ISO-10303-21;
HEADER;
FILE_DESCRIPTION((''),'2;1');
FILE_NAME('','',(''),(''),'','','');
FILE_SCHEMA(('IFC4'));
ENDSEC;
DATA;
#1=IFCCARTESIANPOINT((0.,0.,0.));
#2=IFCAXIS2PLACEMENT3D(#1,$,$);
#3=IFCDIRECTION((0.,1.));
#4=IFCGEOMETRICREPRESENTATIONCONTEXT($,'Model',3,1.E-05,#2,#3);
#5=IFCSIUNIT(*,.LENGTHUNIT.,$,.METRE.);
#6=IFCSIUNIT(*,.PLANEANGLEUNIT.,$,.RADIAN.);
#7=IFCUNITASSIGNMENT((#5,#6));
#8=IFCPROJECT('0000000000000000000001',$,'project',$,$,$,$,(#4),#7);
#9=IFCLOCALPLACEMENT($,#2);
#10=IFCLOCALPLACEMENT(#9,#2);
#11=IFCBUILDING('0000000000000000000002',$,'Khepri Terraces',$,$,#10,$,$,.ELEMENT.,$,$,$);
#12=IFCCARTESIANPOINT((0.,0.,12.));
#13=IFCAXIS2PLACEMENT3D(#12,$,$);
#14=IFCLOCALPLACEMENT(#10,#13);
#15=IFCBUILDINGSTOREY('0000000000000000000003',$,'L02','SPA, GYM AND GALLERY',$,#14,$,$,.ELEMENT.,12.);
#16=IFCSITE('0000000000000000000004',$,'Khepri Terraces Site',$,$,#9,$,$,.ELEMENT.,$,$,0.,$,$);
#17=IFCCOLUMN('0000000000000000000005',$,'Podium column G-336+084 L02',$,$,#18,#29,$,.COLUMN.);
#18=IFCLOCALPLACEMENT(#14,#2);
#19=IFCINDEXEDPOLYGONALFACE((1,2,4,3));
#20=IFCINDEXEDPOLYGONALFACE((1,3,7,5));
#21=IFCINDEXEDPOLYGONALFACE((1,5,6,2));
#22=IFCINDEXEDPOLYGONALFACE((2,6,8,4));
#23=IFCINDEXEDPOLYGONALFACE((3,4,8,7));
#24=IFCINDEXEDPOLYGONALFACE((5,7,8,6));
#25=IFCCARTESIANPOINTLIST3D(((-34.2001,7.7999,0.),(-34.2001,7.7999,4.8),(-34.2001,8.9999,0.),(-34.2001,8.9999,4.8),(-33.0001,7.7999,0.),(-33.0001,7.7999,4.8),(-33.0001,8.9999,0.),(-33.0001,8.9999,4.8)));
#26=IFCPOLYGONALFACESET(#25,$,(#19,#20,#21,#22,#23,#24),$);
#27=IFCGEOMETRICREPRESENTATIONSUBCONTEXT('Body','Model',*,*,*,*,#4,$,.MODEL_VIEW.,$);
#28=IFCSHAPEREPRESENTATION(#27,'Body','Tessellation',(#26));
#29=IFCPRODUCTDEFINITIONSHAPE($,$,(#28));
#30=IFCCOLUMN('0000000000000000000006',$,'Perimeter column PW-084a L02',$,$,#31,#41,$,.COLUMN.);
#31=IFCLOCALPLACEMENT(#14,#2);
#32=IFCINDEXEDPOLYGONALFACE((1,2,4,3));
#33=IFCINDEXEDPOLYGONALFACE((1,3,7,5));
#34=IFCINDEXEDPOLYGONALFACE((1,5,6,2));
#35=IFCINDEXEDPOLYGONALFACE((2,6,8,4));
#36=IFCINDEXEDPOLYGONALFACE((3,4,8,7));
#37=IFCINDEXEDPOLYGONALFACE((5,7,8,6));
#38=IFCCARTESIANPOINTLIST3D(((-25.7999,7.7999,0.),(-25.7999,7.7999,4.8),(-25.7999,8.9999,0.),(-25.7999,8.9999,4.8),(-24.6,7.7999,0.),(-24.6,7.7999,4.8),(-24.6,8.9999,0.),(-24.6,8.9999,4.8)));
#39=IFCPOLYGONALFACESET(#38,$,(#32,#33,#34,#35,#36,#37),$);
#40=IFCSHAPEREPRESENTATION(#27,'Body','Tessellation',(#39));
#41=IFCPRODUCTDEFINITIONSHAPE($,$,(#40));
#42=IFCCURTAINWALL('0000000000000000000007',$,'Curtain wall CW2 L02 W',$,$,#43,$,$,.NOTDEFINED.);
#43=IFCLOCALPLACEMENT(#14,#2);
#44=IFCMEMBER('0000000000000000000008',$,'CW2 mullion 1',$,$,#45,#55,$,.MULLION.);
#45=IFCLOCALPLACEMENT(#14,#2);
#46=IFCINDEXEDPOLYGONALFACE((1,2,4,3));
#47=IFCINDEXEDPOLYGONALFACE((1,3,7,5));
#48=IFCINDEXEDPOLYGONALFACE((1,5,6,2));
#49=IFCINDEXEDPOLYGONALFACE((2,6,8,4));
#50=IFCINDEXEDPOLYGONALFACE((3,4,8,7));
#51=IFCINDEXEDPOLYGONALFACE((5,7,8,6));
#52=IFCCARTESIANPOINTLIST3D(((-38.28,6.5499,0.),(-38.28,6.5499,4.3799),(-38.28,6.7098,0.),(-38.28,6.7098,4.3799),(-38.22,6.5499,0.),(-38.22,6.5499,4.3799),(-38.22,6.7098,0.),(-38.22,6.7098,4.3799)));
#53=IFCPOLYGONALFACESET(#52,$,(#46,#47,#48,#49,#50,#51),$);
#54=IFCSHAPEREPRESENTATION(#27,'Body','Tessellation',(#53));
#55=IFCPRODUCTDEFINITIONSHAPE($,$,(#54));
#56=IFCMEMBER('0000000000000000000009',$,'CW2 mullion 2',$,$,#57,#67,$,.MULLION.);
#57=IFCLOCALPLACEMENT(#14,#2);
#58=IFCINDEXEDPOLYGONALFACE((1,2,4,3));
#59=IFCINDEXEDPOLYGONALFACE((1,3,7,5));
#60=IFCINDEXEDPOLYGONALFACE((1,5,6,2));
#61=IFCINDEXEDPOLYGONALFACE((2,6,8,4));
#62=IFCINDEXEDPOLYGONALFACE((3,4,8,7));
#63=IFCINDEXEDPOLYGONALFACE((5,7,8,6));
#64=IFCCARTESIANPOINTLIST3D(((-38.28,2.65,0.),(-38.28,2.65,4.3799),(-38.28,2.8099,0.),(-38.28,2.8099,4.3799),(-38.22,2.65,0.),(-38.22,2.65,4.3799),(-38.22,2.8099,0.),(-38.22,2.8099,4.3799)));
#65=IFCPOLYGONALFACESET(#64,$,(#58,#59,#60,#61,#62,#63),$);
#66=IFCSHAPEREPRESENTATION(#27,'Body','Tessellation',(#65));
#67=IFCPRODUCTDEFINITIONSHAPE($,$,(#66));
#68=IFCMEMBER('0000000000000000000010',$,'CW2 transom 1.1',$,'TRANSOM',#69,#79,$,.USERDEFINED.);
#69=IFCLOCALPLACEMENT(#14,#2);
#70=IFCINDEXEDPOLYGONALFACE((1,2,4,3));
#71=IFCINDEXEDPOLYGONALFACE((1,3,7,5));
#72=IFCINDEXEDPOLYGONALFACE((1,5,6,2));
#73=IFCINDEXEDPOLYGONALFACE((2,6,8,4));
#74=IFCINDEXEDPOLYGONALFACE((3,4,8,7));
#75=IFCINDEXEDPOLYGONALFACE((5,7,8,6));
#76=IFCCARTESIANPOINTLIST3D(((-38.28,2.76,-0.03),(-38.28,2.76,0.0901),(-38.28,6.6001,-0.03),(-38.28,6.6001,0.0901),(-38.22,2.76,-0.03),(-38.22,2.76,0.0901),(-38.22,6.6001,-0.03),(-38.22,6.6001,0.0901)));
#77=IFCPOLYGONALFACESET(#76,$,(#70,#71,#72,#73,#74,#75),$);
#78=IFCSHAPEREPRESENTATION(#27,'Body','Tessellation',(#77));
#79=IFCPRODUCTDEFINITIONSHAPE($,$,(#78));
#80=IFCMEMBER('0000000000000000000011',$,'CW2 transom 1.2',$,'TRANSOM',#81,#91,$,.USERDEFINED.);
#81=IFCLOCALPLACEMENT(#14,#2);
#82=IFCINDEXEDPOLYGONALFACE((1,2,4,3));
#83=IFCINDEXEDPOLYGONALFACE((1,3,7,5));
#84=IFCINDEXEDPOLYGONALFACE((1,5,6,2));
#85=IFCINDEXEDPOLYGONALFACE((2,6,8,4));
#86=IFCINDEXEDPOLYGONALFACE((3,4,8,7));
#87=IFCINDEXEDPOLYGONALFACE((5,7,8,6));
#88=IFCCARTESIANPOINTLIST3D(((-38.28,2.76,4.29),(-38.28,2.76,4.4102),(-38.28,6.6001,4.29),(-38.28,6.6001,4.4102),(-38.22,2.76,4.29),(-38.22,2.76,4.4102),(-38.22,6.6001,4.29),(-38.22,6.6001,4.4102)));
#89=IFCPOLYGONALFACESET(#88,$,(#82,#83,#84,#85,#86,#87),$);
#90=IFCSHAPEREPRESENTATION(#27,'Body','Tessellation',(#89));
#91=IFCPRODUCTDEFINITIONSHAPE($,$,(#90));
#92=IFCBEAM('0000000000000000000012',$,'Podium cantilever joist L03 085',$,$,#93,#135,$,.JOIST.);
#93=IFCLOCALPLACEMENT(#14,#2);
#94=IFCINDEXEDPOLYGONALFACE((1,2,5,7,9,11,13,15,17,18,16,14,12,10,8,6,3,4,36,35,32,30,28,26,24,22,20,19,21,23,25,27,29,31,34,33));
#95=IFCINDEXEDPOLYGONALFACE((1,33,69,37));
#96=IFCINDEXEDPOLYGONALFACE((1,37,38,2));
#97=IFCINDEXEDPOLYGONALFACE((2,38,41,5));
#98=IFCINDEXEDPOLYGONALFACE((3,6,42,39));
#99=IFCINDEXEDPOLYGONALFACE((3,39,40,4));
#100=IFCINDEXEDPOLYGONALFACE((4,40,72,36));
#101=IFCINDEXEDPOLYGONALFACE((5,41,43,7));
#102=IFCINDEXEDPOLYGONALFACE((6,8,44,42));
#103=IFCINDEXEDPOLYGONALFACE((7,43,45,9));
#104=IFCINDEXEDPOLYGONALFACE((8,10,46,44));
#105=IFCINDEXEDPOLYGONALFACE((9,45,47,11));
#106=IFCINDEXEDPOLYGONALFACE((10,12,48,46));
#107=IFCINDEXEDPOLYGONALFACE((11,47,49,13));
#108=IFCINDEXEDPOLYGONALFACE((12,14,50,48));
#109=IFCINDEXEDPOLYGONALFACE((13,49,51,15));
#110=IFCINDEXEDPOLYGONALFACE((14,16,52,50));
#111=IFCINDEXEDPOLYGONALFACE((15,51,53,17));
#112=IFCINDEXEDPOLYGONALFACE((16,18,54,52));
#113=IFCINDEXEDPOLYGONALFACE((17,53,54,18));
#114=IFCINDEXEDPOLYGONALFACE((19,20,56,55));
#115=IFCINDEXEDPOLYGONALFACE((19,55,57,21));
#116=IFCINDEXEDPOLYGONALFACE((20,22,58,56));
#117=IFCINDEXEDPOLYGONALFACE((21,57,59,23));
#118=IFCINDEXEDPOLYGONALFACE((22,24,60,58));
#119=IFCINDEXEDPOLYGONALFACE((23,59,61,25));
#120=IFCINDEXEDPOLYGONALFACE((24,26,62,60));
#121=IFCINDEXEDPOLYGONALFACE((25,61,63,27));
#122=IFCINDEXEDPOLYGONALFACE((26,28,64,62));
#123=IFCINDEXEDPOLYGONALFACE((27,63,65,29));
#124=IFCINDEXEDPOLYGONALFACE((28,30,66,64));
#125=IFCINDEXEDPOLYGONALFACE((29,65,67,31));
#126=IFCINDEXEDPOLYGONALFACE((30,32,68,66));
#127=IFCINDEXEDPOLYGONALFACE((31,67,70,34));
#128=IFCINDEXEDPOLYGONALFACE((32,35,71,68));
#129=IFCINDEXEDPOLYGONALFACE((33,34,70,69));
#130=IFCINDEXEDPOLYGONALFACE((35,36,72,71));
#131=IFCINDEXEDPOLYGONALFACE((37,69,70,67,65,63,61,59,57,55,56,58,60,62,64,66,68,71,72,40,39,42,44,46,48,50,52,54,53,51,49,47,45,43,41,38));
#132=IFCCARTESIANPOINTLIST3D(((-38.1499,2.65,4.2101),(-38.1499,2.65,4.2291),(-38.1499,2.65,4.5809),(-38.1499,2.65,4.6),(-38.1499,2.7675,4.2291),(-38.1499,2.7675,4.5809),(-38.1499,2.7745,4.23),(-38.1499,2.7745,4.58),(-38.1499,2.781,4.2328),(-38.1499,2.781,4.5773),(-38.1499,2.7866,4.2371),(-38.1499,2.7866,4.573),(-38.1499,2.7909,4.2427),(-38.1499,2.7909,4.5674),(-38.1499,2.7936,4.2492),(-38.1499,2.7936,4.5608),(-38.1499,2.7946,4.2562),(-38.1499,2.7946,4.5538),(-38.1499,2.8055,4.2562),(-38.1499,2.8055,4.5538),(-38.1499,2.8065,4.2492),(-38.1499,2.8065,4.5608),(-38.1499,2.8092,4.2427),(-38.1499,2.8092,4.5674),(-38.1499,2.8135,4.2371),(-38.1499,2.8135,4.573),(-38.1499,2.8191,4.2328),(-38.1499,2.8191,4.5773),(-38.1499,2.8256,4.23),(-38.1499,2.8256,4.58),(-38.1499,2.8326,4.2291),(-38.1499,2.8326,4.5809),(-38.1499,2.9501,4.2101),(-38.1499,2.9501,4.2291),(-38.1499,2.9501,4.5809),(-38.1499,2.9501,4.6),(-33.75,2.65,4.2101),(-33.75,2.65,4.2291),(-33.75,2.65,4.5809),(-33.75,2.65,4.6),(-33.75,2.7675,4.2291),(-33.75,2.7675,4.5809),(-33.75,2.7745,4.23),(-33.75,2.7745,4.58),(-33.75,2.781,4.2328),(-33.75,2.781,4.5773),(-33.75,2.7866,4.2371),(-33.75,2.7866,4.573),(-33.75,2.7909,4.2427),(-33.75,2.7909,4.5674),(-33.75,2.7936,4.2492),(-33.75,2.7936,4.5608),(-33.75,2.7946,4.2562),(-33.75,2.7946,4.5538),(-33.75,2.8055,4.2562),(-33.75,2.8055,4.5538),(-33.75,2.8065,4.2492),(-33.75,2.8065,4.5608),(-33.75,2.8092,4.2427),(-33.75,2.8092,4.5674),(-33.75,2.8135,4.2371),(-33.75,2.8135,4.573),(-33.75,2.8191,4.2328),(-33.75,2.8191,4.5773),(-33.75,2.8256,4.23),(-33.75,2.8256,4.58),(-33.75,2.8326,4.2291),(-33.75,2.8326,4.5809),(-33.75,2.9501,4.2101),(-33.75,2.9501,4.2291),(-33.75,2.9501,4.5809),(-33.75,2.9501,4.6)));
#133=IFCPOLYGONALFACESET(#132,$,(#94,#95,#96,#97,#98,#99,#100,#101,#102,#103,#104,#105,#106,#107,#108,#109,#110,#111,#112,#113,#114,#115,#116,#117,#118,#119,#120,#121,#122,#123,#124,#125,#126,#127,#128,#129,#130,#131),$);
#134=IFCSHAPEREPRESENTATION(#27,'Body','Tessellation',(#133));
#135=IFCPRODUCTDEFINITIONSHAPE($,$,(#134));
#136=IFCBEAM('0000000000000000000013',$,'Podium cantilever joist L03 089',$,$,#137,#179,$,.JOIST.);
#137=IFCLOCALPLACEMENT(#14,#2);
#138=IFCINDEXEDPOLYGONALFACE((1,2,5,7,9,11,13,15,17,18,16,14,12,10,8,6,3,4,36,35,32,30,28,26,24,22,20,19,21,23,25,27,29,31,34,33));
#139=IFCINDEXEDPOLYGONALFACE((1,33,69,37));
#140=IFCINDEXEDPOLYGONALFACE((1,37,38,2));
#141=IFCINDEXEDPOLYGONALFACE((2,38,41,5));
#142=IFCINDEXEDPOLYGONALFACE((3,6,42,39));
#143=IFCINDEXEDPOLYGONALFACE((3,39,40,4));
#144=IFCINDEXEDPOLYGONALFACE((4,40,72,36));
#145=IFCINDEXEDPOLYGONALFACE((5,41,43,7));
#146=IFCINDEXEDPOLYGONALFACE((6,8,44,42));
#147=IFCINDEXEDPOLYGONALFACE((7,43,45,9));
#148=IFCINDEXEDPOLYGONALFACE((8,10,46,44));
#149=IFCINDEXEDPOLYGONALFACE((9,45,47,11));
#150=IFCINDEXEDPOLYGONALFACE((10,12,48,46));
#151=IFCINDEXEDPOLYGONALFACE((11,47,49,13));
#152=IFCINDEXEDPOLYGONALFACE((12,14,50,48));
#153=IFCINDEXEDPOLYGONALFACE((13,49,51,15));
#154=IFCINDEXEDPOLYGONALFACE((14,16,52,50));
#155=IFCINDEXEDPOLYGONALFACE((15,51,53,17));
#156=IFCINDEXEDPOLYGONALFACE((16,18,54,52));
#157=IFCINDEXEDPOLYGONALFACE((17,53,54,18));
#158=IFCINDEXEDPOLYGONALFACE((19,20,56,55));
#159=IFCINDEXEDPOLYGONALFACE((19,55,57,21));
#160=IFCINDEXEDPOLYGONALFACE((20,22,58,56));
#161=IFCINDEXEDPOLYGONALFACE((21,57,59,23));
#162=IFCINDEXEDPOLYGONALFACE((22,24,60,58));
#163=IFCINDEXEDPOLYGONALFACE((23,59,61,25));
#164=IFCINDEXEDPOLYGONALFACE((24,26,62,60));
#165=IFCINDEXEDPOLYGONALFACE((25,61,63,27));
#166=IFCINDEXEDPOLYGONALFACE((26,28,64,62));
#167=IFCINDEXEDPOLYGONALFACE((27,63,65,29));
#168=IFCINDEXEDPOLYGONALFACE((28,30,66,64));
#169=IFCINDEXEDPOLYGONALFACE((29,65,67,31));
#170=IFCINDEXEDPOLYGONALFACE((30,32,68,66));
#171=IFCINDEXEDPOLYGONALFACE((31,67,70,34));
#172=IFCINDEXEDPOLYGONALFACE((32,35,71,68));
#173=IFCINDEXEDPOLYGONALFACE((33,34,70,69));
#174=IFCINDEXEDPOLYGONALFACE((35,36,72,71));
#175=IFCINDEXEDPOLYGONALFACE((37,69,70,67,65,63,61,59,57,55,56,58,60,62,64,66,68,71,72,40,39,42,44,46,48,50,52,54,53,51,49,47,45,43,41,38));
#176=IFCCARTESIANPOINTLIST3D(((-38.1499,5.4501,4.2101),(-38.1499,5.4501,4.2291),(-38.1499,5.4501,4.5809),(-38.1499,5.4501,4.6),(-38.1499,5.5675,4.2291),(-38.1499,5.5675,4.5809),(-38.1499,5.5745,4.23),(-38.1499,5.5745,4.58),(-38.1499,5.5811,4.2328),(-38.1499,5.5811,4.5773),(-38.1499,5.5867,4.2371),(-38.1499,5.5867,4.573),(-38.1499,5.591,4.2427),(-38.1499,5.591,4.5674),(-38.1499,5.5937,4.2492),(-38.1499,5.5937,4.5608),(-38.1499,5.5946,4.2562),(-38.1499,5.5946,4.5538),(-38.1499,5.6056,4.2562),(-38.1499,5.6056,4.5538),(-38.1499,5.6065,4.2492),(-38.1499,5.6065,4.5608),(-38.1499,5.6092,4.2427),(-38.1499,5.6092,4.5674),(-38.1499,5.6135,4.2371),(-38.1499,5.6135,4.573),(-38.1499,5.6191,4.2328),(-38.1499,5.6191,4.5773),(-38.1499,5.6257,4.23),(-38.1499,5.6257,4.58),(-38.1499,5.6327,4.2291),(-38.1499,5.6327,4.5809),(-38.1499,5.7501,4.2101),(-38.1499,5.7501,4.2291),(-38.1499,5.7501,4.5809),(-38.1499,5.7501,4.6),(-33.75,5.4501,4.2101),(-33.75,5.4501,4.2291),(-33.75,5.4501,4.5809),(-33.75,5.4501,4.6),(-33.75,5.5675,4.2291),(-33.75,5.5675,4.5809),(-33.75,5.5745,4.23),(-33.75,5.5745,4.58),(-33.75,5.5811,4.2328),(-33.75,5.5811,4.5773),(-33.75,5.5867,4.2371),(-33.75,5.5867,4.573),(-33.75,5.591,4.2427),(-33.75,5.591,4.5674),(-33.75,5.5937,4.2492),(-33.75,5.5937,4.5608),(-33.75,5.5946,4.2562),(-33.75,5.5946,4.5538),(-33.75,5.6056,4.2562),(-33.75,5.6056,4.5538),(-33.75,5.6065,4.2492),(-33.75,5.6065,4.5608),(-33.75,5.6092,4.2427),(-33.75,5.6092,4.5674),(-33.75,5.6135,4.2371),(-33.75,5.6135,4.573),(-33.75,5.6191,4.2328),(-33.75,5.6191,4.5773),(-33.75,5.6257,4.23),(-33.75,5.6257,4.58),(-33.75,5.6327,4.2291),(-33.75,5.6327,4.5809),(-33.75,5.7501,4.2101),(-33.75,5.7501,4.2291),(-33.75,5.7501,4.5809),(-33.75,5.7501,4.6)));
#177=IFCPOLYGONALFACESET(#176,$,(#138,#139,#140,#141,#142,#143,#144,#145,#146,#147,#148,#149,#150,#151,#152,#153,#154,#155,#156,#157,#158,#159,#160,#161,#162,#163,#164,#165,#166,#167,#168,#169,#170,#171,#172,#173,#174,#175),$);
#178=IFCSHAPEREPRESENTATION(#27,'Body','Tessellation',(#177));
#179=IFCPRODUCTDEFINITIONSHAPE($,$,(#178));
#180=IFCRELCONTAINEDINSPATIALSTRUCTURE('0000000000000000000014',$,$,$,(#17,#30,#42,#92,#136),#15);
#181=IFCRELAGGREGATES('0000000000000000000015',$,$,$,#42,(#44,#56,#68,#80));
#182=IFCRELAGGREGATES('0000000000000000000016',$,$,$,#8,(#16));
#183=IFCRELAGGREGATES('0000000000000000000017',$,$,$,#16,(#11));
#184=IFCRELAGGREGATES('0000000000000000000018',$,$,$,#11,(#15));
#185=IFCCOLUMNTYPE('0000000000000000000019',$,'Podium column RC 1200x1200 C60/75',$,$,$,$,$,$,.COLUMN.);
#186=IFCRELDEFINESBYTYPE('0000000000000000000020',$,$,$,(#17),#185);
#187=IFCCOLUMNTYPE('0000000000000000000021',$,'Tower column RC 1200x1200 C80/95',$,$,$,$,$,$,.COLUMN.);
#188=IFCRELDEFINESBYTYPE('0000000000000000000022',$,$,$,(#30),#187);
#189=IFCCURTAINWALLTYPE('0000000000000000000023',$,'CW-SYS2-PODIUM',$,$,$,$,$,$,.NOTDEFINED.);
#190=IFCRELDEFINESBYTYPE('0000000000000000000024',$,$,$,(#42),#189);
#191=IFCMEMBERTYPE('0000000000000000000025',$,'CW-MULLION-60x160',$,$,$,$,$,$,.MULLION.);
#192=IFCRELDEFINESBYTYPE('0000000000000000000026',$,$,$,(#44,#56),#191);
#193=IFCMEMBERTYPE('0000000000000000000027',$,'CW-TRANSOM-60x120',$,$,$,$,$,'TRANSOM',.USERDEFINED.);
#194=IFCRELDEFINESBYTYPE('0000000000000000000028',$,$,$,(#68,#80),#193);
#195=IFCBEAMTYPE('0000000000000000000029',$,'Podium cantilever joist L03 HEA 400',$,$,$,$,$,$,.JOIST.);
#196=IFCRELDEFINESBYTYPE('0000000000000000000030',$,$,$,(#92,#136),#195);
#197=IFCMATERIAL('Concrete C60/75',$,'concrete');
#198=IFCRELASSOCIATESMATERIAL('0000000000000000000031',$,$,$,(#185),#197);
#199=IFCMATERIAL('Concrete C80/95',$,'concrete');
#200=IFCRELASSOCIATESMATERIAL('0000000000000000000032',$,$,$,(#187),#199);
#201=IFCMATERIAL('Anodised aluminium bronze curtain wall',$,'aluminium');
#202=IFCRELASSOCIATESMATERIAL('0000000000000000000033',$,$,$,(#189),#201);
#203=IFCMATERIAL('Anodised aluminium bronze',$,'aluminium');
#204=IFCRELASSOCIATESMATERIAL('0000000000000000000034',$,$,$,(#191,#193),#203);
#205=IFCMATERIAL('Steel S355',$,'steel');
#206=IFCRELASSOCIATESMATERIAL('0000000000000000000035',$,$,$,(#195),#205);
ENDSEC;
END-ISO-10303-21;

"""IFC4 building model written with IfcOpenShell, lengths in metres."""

from ifc_helpers import new_model, si_unit, direction, frame, origin, origin_2d, place, context, subcontext, project, spatial, rectangle, i_section, extrude, material, material_profile, profile_set, type_object, element, aggregate, save


model = new_model("IFC4")

# Units and contexts
model_context = context("Model", 3, precision=1e-05, world=origin(), true_north=direction((0.0, 1.0)))
body_context = subcontext(model_context, "Body", "Model", "MODEL_VIEW")
ifc_project = project(units=[si_unit("LENGTHUNIT", "METRE"), si_unit("PLANEANGLEUNIT", "RADIAN")], contexts=[model_context])

# Site, building, storey
site_placement = place(None, origin())
site = spatial("IfcSite", under=ifc_project, at=site_placement, Name="Khepri Terraces Site", CompositionType="ELEMENT", RefElevation=0.0)
building_placement = place(site_placement, origin())
building = spatial("IfcBuilding", under=site, at=building_placement, Name="Khepri Terraces", CompositionType="ELEMENT")
storey_placement = place(building_placement, frame((0.0, 0.0, 12.0)))
storey = spatial("IfcBuildingStorey", under=building, at=storey_placement, Name="L02", Description="SPA, GYM AND GALLERY", CompositionType="ELEMENT", Elevation=12.0)

# Columns
ifc_material_1 = material(Name="Concrete C60/75", Category="concrete")
ifc_material_profile_1 = material_profile(ifc_material_1, rectangle(XDim=1.2, YDim=1.2, at=origin_2d()), Name="Concrete C60/75", Category="concrete")
ifc_profile_set_1 = profile_set([ifc_material_profile_1], Name="Concrete C60/75")
column_type_1 = type_object("IfcColumnType", Name="Podium column RC 1200x1200 C60/75", PredefinedType="COLUMN", material=ifc_profile_set_1)
column_1_placement = place(storey_placement, frame((-33.6001, 8.3999, 0.0), z_axis=(0.0, 0.0, 1.0), x_axis=(1.0, 0.0, 0.0)))
element("IfcColumn", 1, at=column_1_placement, inside=storey, type_object=column_type_1, Name="Podium column G-336+084 L02", PredefinedType="COLUMN", context=body_context, shape_type="SweptSolid", body=[
    extrude(rectangle(XDim=1.2, YDim=1.2, at=origin_2d()), origin(), (0.0, 0.0, 1.0), 4.8),
])
ifc_material_2 = material(Name="Concrete C80/95", Category="concrete")
ifc_material_profile_2 = material_profile(ifc_material_2, rectangle(XDim=1.2, YDim=1.2, at=origin_2d()), Name="Concrete C80/95", Category="concrete")
ifc_profile_set_2 = profile_set([ifc_material_profile_2], Name="Concrete C80/95")
column_type_2 = type_object("IfcColumnType", Name="Tower column RC 1200x1200 C80/95", PredefinedType="COLUMN", material=ifc_profile_set_2)
column_2_placement = place(storey_placement, frame((-25.2, 8.3999, 0.0), z_axis=(0.0, 0.0, 1.0), x_axis=(1.0, 0.0, 0.0)))
element("IfcColumn", 2, at=column_2_placement, inside=storey, type_object=column_type_2, Name="Perimeter column PW-084a L02", PredefinedType="COLUMN", context=body_context, shape_type="SweptSolid", body=[
    extrude(rectangle(XDim=1.2, YDim=1.2, at=origin_2d()), origin(), (0.0, 0.0, 1.0), 4.8),
])

# Curtain wall, members
ifc_material_3 = material(Name="Anodised aluminium bronze curtain wall", Category="aluminium")
curtain_wall_type = type_object("IfcCurtainWallType", Name="CW-SYS2-PODIUM", PredefinedType="NOTDEFINED", material=ifc_material_3)
curtain_wall_placement = place(storey_placement, origin())
curtain_wall = element("IfcCurtainWall", 3, at=curtain_wall_placement, inside=storey, type_object=curtain_wall_type, Name="Curtain wall CW2 L02 W", PredefinedType="NOTDEFINED")
ifc_material_4 = material(Name="Anodised aluminium bronze", Category="aluminium")
ifc_material_profile_3 = material_profile(ifc_material_4, rectangle(XDim=0.0601, YDim=0.1599, at=origin_2d()), Name="Anodised aluminium bronze", Category="aluminium")
ifc_profile_set_3 = profile_set([ifc_material_profile_3], Name="Anodised aluminium bronze")
member_type_1 = type_object("IfcMemberType", Name="CW-MULLION-60x160", PredefinedType="MULLION", material=ifc_profile_set_3)
member_1_placement = place(storey_placement, frame((-38.25, 6.6299, 0.0), z_axis=(0.0, 0.0, 1.0), x_axis=(1.0, 0.0, 0.0)))
member_1 = element("IfcMember", 4, at=member_1_placement, type_object=member_type_1, Name="CW2 mullion 1", PredefinedType="MULLION", context=body_context, shape_type="SweptSolid", body=[
    extrude(rectangle(XDim=0.0601, YDim=0.1599, at=origin_2d()), origin(), (0.0, 0.0, 1.0), 4.3799),
])
member_2_placement = place(storey_placement, frame((-38.25, 2.73, 0.0), z_axis=(0.0, 0.0, 1.0), x_axis=(1.0, 0.0, 0.0)))
member_2 = element("IfcMember", 5, at=member_2_placement, type_object=member_type_1, Name="CW2 mullion 2", PredefinedType="MULLION", context=body_context, shape_type="SweptSolid", body=[
    extrude(rectangle(XDim=0.0601, YDim=0.1599, at=origin_2d()), origin(), (0.0, 0.0, 1.0), 4.3799),
])
ifc_material_profile_4 = material_profile(ifc_material_4, rectangle(XDim=0.0601, YDim=0.1201, at=origin_2d()), Name="Anodised aluminium bronze", Category="aluminium")
ifc_profile_set_4 = profile_set([ifc_material_profile_4], Name="Anodised aluminium bronze")
member_type_2 = type_object("IfcMemberType", Name="CW-TRANSOM-60x120", ElementType="TRANSOM", PredefinedType="USERDEFINED", material=ifc_profile_set_4)
member_3_placement = place(storey_placement, frame((-38.25, 6.6001, 0.03), z_axis=(0.0, -1.0, 0.0), x_axis=(1.0, 0.0, 0.0)))
member_3 = element("IfcMember", 6, at=member_3_placement, type_object=member_type_2, Name="CW2 transom 1.1", ObjectType="TRANSOM", PredefinedType="USERDEFINED", context=body_context, shape_type="SweptSolid", body=[
    extrude(rectangle(XDim=0.0601, YDim=0.1201, at=origin_2d()), origin(), (0.0, 0.0, 1.0), 3.8401),
])
member_4_placement = place(storey_placement, frame((-38.25, 6.6001, 4.3501), z_axis=(0.0, -1.0, 0.0), x_axis=(1.0, 0.0, 0.0)))
member_4 = element("IfcMember", 7, at=member_4_placement, type_object=member_type_2, Name="CW2 transom 1.2", ObjectType="TRANSOM", PredefinedType="USERDEFINED", context=body_context, shape_type="SweptSolid", body=[
    extrude(rectangle(XDim=0.0601, YDim=0.1201, at=origin_2d()), origin(), (0.0, 0.0, 1.0), 3.8401),
])

# Beams
ifc_material_5 = material(Name="Steel S355", Category="steel")
ifc_material_profile_5 = material_profile(ifc_material_5, i_section(OverallWidth=0.3, OverallDepth=0.3899, WebThickness=0.011, FlangeThickness=0.019, FilletRadius=0.0271, at=origin_2d()), Name="Steel S355", Category="steel")
ifc_profile_set_5 = profile_set([ifc_material_profile_5], Name="Steel S355")
beam_type_1 = type_object("IfcBeamType", Name="Podium cantilever joist L03 HEA 400", PredefinedType="JOIST", material=ifc_profile_set_5)
for number, where, z_axis, x_axis, name in (
    (8, (-38.1499, 2.8, 4.405), (1.0, 0.0, 0.0), (0.0, 1.0, 0.0), "Podium cantilever joist L03 085"),
    (9, (-38.1499, 5.6001, 4.405), (1.0, 0.0, 0.0), (0.0, 1.0, 0.0), "Podium cantilever joist L03 089"),
):
    element("IfcBeam", number, at=place(storey_placement, frame(where, z_axis=z_axis, x_axis=x_axis)), inside=storey, type_object=beam_type_1, Name=name, PredefinedType="JOIST", context=body_context, shape_type="SweptSolid", body=[
        extrude(i_section(OverallWidth=0.3, OverallDepth=0.3899, WebThickness=0.011, FlangeThickness=0.019, FilletRadius=0.0271, at=origin_2d()), origin(), (0.0, 0.0, 1.0), 4.3999),
    ])

aggregate(curtain_wall, [member_1, member_2, member_3, member_4])

save(model, "model.ifc")
